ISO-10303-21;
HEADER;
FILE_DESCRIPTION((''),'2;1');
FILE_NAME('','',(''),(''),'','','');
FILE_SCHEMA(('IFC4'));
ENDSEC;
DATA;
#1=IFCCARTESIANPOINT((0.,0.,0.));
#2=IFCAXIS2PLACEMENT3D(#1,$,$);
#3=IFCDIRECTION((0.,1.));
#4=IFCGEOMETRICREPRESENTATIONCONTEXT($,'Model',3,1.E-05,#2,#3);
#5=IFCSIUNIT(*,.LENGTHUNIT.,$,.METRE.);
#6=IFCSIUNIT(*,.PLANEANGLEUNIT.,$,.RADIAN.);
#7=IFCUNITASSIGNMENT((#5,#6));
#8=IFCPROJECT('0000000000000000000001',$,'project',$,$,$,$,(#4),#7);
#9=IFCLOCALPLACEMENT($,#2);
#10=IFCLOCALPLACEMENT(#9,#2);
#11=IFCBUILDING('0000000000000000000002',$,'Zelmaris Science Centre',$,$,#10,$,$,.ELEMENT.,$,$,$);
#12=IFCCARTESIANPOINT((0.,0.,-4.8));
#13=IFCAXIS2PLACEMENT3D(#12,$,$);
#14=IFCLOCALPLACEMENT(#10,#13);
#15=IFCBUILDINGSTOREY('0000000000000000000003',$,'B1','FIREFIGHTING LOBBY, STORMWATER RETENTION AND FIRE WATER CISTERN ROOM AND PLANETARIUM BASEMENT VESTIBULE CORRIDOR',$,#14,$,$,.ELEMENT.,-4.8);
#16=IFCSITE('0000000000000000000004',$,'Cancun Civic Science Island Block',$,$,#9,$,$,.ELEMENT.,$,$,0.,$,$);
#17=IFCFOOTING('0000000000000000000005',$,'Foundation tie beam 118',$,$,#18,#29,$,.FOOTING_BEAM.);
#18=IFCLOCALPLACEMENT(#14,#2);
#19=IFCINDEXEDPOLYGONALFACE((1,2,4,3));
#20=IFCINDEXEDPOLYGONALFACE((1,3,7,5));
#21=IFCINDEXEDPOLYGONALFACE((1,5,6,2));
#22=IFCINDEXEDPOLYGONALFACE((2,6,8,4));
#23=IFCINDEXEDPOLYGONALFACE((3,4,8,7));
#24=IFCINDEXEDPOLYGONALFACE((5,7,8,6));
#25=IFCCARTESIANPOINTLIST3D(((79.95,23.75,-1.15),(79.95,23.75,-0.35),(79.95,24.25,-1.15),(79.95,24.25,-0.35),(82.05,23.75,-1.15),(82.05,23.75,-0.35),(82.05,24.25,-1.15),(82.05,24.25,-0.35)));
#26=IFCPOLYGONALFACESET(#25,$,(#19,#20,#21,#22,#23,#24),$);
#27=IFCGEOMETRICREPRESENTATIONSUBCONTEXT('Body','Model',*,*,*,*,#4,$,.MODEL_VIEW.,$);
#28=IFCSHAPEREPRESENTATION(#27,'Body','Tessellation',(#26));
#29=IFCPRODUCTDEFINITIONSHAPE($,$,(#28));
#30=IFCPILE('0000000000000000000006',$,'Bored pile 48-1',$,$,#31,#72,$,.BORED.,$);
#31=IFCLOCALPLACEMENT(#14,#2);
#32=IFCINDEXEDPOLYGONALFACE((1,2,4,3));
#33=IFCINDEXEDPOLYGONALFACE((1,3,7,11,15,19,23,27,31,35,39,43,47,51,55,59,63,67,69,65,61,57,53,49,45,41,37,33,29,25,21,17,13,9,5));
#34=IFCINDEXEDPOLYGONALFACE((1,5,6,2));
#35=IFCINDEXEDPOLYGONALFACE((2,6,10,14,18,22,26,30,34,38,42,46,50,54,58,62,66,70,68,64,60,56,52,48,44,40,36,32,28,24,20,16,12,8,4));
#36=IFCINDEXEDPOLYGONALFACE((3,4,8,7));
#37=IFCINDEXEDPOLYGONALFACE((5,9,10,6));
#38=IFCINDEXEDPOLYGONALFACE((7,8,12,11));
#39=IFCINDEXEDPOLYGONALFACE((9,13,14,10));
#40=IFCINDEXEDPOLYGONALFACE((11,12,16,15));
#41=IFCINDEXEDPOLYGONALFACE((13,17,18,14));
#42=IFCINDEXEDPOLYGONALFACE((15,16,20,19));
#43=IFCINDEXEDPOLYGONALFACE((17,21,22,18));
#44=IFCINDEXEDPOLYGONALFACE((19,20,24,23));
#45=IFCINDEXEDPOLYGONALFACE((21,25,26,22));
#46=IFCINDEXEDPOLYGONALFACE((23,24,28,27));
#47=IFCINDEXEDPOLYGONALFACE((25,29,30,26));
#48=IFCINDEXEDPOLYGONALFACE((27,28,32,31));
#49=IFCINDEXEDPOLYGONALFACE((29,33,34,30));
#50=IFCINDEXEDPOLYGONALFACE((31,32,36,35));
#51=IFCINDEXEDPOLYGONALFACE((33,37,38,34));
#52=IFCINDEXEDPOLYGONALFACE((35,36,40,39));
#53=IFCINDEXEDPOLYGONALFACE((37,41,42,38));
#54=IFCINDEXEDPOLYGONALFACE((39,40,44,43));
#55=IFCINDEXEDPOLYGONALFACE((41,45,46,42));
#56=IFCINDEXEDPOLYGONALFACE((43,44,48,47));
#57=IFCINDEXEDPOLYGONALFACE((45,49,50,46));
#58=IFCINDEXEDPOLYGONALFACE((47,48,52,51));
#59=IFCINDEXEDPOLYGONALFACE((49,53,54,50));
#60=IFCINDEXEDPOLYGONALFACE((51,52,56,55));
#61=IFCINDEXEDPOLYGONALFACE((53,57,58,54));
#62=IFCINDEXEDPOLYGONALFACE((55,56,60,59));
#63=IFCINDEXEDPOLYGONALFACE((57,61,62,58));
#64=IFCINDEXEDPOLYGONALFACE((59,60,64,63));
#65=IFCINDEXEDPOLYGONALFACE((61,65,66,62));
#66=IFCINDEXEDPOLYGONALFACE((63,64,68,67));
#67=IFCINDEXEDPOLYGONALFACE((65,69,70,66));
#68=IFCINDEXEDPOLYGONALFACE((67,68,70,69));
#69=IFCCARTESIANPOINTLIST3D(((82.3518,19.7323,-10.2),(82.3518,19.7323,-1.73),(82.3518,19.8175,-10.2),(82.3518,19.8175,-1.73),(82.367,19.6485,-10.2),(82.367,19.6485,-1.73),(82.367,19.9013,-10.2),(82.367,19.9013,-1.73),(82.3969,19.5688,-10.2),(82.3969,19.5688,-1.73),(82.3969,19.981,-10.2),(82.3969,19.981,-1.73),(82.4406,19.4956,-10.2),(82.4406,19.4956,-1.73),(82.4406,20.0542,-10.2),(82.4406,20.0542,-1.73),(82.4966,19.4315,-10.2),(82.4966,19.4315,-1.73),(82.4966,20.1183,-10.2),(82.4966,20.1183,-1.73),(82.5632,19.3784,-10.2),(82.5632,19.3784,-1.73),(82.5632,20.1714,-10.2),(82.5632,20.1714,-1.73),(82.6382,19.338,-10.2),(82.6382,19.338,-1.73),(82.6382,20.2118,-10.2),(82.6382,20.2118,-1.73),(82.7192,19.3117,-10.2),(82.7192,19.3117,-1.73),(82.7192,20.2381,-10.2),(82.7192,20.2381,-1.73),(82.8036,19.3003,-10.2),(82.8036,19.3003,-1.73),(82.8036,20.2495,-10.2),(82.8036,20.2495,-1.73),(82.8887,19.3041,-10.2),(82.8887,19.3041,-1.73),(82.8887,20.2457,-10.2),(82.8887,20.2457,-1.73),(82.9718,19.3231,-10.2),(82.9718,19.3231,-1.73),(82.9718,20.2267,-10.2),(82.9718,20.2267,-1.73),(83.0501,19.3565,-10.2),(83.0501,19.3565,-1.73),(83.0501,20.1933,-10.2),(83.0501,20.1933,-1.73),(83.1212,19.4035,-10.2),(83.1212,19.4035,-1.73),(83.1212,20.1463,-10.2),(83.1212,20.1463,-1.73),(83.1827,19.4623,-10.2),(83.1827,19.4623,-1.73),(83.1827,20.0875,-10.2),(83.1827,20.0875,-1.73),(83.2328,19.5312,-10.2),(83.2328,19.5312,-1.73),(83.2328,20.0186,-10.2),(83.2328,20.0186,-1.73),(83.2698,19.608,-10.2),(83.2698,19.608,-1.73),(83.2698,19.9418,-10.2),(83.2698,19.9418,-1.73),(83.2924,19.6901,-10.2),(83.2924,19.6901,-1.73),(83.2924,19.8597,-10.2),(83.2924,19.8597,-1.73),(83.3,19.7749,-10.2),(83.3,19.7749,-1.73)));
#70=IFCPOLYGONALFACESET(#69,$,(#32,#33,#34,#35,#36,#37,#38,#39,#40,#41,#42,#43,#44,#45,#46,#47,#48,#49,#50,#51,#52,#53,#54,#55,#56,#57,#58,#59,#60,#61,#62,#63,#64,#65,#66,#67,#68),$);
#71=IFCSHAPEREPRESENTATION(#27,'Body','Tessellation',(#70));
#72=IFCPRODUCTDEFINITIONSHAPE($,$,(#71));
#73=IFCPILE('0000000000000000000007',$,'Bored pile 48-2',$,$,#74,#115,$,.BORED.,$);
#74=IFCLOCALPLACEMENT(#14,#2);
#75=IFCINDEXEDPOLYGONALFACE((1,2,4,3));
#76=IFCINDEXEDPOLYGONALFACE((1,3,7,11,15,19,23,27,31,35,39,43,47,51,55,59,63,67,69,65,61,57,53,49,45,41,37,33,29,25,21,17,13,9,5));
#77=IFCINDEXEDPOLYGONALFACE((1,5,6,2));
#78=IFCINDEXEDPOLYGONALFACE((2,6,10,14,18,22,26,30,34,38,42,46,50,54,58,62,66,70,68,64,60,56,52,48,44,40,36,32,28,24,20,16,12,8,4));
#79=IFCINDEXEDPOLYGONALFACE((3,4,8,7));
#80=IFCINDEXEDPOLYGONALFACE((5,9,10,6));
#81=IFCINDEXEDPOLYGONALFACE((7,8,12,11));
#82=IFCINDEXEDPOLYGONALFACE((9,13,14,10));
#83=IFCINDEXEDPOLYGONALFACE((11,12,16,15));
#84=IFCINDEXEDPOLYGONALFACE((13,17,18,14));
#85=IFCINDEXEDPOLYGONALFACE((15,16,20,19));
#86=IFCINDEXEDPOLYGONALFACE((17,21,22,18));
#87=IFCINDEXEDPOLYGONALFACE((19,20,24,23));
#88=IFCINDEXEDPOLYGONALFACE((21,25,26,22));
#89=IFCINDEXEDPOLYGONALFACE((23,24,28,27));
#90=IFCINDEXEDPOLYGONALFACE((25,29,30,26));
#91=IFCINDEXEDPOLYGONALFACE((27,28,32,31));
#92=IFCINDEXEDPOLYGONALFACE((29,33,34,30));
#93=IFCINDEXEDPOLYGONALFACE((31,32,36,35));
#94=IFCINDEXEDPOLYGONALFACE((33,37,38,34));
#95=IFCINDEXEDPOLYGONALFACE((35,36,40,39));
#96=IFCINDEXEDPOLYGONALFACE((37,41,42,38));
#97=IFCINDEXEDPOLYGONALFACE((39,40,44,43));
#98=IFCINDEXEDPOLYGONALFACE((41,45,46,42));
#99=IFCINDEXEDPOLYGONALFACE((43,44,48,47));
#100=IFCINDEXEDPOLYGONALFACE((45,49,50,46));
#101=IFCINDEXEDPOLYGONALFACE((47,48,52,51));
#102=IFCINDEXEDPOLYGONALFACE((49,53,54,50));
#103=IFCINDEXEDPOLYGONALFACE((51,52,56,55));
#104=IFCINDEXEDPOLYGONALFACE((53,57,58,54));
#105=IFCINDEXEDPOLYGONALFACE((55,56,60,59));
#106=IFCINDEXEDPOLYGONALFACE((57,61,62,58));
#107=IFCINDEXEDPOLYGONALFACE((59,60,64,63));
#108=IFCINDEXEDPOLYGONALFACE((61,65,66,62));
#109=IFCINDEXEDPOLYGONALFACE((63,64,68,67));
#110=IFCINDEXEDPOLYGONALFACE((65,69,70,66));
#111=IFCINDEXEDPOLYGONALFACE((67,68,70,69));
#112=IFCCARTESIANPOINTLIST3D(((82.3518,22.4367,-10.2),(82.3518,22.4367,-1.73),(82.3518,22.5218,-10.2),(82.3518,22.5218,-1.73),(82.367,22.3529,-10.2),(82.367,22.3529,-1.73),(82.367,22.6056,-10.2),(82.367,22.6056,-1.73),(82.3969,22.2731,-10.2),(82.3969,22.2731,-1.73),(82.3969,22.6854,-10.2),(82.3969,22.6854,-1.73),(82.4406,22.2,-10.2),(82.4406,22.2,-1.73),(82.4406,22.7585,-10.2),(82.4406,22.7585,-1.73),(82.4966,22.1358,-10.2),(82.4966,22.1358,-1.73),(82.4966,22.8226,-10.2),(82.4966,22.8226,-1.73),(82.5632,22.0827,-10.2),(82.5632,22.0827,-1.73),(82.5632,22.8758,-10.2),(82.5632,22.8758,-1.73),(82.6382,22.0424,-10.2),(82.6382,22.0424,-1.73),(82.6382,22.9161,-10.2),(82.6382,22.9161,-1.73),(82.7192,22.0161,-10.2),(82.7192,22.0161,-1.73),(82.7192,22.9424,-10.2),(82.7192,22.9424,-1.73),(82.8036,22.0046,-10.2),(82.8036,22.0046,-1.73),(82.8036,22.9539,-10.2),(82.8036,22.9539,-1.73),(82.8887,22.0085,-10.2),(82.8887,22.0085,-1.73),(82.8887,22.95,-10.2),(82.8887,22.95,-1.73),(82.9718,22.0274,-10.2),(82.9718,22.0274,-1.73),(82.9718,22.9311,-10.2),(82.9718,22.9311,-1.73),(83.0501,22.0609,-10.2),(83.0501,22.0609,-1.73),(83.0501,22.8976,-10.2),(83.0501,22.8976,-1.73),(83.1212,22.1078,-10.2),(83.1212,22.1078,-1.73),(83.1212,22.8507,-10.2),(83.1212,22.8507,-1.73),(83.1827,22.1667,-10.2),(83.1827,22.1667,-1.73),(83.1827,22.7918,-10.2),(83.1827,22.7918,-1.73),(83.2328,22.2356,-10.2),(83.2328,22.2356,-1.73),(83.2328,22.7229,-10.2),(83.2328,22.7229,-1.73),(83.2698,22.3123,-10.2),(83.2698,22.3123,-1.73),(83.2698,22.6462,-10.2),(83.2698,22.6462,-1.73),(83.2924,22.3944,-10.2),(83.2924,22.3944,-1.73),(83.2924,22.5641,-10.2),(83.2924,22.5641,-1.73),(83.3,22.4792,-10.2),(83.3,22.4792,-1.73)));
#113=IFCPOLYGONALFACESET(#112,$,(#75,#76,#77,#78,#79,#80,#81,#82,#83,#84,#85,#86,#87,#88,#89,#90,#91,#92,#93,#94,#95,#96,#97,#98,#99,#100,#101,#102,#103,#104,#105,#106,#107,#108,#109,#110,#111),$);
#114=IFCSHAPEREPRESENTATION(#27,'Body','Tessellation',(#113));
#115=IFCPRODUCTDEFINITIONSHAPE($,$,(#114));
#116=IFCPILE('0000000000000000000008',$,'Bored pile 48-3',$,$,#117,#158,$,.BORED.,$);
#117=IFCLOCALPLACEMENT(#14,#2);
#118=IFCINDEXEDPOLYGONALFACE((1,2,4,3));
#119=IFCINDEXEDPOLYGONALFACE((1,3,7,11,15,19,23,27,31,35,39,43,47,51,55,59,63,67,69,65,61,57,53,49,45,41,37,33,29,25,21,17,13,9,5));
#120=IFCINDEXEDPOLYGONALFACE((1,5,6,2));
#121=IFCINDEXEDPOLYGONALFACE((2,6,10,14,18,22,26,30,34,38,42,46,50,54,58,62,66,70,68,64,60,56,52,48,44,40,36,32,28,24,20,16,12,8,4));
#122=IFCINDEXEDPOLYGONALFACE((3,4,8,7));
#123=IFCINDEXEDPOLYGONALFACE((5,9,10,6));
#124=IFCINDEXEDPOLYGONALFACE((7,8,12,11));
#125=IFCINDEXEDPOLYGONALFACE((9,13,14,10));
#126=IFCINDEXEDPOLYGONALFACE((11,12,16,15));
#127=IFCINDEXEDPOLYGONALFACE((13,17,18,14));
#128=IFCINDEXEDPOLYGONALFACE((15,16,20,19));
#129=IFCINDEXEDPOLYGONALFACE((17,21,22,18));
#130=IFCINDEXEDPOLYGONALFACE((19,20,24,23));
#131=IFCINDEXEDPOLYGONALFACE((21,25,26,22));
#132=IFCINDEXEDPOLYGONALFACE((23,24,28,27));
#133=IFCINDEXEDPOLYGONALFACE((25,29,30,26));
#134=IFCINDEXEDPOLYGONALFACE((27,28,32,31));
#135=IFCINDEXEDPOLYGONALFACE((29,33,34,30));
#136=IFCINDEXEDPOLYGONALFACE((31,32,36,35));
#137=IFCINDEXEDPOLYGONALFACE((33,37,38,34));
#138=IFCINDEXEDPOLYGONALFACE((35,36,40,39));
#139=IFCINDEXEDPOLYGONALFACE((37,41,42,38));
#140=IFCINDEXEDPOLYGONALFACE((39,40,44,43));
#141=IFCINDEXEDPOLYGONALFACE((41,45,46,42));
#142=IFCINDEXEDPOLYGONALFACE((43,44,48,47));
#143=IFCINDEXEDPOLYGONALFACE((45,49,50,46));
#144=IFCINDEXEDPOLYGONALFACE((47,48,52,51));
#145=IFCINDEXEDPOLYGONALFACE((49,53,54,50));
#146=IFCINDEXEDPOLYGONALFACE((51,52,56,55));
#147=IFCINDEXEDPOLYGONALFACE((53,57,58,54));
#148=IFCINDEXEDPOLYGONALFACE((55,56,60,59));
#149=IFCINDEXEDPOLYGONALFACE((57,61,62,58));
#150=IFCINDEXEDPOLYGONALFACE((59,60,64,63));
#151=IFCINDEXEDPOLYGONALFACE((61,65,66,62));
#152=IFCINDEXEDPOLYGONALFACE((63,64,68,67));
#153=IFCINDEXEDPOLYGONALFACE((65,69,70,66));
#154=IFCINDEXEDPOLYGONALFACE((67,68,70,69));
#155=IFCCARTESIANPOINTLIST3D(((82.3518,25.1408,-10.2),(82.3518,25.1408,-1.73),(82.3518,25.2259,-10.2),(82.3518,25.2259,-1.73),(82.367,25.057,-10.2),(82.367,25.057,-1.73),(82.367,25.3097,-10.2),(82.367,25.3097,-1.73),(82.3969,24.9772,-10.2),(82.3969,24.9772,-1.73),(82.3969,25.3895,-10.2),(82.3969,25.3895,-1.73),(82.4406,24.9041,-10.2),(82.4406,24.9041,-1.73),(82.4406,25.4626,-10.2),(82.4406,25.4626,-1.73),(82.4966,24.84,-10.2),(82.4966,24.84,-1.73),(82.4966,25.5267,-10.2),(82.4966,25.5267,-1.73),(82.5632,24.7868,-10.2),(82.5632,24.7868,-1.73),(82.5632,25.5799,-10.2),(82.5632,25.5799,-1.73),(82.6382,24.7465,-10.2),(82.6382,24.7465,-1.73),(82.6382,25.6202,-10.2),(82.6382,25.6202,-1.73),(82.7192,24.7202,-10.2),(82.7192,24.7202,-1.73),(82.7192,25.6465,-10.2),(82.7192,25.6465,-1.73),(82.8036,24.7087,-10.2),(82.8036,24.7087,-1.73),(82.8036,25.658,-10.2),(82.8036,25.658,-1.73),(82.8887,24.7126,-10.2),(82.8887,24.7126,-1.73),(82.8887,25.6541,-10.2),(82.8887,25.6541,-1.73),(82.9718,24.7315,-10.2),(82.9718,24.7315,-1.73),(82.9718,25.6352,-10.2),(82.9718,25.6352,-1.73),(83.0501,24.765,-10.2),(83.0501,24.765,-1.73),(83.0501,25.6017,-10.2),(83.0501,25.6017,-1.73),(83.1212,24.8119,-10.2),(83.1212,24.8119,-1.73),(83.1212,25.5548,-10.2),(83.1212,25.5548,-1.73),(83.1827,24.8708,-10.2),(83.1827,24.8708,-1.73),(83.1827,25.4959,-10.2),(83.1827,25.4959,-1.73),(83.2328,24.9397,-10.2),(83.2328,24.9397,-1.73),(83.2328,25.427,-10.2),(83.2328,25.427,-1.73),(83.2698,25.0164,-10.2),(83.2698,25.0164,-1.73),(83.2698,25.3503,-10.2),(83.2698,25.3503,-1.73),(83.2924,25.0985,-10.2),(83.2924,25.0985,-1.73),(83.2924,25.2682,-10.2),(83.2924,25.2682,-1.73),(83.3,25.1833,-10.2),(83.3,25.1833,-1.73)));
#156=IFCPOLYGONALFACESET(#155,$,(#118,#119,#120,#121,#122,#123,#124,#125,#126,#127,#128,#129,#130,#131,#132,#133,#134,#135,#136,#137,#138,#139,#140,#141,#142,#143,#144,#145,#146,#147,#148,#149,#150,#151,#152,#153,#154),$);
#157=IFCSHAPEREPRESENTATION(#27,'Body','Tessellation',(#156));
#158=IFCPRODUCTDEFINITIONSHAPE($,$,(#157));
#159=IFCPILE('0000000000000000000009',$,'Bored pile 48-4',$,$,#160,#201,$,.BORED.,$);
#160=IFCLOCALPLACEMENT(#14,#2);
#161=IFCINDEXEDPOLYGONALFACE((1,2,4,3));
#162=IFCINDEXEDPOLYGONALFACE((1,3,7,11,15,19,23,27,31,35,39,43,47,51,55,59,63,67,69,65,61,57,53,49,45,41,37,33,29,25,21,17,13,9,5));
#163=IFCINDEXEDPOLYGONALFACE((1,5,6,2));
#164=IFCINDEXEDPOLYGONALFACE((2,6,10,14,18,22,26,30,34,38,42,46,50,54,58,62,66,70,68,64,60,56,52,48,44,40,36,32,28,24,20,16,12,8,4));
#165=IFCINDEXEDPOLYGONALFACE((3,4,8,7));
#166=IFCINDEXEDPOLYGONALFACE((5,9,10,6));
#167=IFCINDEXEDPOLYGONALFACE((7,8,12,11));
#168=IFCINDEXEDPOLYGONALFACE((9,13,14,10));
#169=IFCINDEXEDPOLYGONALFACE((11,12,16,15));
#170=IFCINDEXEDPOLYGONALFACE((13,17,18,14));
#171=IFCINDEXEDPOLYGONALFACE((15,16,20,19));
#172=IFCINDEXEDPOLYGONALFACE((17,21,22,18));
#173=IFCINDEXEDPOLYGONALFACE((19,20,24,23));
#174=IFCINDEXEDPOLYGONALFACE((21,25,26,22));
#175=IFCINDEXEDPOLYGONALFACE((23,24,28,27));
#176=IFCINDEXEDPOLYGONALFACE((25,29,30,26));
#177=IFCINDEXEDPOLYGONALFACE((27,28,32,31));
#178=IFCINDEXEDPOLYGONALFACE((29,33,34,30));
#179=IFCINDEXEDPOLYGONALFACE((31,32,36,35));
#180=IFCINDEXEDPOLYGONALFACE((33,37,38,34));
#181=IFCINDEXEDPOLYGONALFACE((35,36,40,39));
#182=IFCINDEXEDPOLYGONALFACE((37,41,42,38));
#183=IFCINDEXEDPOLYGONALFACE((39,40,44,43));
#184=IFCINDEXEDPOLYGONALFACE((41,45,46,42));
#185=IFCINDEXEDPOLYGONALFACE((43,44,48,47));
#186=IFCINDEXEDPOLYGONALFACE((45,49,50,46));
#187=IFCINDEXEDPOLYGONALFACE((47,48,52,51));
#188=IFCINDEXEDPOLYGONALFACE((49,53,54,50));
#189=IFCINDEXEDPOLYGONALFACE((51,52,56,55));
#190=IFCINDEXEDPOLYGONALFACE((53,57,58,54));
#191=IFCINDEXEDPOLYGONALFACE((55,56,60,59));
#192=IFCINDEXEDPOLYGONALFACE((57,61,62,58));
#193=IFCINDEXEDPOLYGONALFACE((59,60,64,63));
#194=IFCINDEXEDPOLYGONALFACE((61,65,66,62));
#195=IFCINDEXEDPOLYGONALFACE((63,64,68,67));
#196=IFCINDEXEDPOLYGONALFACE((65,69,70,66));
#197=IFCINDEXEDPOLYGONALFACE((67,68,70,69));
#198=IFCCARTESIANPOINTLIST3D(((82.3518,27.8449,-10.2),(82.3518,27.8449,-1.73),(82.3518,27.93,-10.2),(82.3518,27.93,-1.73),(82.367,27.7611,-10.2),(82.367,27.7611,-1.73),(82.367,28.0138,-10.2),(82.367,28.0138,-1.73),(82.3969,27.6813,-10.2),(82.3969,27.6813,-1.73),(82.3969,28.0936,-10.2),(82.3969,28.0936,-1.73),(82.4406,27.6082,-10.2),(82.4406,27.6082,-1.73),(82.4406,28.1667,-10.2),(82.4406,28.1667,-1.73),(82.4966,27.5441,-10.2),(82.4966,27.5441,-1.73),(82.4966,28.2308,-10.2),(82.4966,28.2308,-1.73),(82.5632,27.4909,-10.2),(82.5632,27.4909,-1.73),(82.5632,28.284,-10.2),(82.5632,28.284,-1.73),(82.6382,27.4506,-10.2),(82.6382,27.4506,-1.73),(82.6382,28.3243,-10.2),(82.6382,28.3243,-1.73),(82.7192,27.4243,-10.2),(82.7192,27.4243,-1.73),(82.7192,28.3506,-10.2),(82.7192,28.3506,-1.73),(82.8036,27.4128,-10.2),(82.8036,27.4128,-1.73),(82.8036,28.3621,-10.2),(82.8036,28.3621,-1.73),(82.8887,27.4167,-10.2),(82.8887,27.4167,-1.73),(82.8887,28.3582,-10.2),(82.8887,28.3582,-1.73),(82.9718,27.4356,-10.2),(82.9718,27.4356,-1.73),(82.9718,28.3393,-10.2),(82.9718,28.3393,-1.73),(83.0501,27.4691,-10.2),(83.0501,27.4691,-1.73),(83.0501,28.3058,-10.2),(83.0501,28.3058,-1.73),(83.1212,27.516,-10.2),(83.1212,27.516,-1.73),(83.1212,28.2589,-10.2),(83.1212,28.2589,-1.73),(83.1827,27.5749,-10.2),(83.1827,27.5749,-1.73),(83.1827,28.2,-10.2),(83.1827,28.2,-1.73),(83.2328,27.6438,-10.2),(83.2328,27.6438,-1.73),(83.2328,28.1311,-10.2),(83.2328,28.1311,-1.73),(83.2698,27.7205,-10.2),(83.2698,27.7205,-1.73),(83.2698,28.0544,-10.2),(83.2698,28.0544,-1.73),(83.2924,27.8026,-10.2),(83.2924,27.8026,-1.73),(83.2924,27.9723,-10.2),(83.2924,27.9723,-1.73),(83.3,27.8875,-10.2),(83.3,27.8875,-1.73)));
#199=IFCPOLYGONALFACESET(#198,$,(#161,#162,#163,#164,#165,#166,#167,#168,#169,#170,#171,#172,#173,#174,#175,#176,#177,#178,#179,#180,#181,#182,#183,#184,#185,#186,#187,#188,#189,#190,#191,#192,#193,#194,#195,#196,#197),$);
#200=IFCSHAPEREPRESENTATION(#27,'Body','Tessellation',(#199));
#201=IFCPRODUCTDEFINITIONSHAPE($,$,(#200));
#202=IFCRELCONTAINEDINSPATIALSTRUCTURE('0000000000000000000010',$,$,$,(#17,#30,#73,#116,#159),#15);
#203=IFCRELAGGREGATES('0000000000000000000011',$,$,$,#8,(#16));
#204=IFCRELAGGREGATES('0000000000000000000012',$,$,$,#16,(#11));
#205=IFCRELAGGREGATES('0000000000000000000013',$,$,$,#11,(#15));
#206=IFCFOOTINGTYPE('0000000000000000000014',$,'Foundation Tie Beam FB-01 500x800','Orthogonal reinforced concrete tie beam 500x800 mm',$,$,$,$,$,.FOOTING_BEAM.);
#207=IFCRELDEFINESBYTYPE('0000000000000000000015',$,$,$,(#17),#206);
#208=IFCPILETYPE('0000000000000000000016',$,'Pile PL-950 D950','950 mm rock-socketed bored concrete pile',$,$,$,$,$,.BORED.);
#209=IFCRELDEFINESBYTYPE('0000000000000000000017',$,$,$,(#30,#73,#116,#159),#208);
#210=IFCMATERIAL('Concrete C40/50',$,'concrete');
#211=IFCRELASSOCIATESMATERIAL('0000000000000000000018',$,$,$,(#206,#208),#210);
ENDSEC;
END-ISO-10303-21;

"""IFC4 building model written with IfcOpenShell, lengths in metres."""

from ifc_helpers import new_model, si_unit, direction, frame, origin, origin_2d, place, context, subcontext, project, spatial, rectangle, circle, extrude, material, material_profile, profile_set, type_object, element, save


model = new_model("IFC4")

# Units and contexts
model_context = context("Model", 3, precision=1e-05, world=origin(), true_north=direction((0.0, 1.0)))
body_context = subcontext(model_context, "Body", "Model", "MODEL_VIEW")
ifc_project = project(units=[si_unit("LENGTHUNIT", "METRE"), si_unit("PLANEANGLEUNIT", "RADIAN")], contexts=[model_context])

# Site, building, storey
site_placement = place(None, origin())
site = spatial("IfcSite", under=ifc_project, at=site_placement, Name="Cancun Civic Science Island Block", CompositionType="ELEMENT", RefElevation=0.0)
building_placement = place(site_placement, origin())
building = spatial("IfcBuilding", under=site, at=building_placement, Name="Zelmaris Science Centre", CompositionType="ELEMENT")
storey_placement = place(building_placement, frame((0.0, 0.0, -4.8)))
storey = spatial("IfcBuildingStorey", under=building, at=storey_placement, Name="B1", Description="FIREFIGHTING LOBBY, STORMWATER RETENTION AND FIRE WATER CISTERN ROOM AND PLANETARIUM BASEMENT VESTIBULE CORRIDOR", CompositionType="ELEMENT", Elevation=-4.8)

# Footing
ifc_material_1 = material(Name="Concrete C40/50", Category="concrete")
ifc_material_profile_1 = material_profile(ifc_material_1, rectangle(XDim=0.5, YDim=0.8, at=origin_2d()), Name="FB-500X800")
ifc_profile_set_1 = profile_set([ifc_material_profile_1], Name="Concrete C40/50")
footing_type = type_object("IfcFootingType", Name="Foundation Tie Beam FB-01 500x800", Description="Orthogonal reinforced concrete tie beam 500x800 mm", PredefinedType="FOOTING_BEAM", material=ifc_profile_set_1)
footing_placement = place(storey_placement, frame((79.95, 24.0, -0.75), z_axis=(1.0, 0.0, 0.0), x_axis=(0.0, 1.0, 0.0)))
element("IfcFooting", 1, at=footing_placement, inside=storey, type_object=footing_type, Name="Foundation tie beam 118", PredefinedType="FOOTING_BEAM", context=body_context, shape_type="SweptSolid", body=[
    extrude(rectangle(XDim=0.5, YDim=0.8, at=origin_2d()), origin(), (0.0, 0.0, 1.0), 2.1001),
])

# Piles
ifc_material_profile_2 = material_profile(ifc_material_1, circle(Radius=0.4751, at=origin_2d()), Name="PILE-950")
ifc_profile_set_2 = profile_set([ifc_material_profile_2], Name="Concrete C40/50")
pile_type = type_object("IfcPileType", Name="Pile PL-950 D950", Description="950 mm rock-socketed bored concrete pile", PredefinedType="BORED", material=ifc_profile_set_2)
for number, where, z_axis, x_axis, name in (
    (2, (82.825, 19.7749, -1.73), (0.0, 0.0, -1.0), (1.0, 0.0, 0.0), "Bored pile 48-1"),
    (3, (82.825, 22.4792, -1.73), (0.0, 0.0, -1.0), (1.0, 0.0, 0.0), "Bored pile 48-2"),
    (4, (82.825, 25.1833, -1.73), (0.0, 0.0, -1.0), (1.0, 0.0, 0.0), "Bored pile 48-3"),
    (5, (82.825, 27.8875, -1.73), (0.0, 0.0, -1.0), (1.0, 0.0, 0.0), "Bored pile 48-4"),
):
    element("IfcPile", number, at=place(storey_placement, frame(where, z_axis=z_axis, x_axis=x_axis)), inside=storey, type_object=pile_type, Name=name, PredefinedType="BORED", context=body_context, shape_type="SweptSolid", body=[
        extrude(circle(Radius=0.4751, at=origin_2d()), origin(), (0.0, 0.0, 1.0), 8.47),
    ])

save(model, "model.ifc")
